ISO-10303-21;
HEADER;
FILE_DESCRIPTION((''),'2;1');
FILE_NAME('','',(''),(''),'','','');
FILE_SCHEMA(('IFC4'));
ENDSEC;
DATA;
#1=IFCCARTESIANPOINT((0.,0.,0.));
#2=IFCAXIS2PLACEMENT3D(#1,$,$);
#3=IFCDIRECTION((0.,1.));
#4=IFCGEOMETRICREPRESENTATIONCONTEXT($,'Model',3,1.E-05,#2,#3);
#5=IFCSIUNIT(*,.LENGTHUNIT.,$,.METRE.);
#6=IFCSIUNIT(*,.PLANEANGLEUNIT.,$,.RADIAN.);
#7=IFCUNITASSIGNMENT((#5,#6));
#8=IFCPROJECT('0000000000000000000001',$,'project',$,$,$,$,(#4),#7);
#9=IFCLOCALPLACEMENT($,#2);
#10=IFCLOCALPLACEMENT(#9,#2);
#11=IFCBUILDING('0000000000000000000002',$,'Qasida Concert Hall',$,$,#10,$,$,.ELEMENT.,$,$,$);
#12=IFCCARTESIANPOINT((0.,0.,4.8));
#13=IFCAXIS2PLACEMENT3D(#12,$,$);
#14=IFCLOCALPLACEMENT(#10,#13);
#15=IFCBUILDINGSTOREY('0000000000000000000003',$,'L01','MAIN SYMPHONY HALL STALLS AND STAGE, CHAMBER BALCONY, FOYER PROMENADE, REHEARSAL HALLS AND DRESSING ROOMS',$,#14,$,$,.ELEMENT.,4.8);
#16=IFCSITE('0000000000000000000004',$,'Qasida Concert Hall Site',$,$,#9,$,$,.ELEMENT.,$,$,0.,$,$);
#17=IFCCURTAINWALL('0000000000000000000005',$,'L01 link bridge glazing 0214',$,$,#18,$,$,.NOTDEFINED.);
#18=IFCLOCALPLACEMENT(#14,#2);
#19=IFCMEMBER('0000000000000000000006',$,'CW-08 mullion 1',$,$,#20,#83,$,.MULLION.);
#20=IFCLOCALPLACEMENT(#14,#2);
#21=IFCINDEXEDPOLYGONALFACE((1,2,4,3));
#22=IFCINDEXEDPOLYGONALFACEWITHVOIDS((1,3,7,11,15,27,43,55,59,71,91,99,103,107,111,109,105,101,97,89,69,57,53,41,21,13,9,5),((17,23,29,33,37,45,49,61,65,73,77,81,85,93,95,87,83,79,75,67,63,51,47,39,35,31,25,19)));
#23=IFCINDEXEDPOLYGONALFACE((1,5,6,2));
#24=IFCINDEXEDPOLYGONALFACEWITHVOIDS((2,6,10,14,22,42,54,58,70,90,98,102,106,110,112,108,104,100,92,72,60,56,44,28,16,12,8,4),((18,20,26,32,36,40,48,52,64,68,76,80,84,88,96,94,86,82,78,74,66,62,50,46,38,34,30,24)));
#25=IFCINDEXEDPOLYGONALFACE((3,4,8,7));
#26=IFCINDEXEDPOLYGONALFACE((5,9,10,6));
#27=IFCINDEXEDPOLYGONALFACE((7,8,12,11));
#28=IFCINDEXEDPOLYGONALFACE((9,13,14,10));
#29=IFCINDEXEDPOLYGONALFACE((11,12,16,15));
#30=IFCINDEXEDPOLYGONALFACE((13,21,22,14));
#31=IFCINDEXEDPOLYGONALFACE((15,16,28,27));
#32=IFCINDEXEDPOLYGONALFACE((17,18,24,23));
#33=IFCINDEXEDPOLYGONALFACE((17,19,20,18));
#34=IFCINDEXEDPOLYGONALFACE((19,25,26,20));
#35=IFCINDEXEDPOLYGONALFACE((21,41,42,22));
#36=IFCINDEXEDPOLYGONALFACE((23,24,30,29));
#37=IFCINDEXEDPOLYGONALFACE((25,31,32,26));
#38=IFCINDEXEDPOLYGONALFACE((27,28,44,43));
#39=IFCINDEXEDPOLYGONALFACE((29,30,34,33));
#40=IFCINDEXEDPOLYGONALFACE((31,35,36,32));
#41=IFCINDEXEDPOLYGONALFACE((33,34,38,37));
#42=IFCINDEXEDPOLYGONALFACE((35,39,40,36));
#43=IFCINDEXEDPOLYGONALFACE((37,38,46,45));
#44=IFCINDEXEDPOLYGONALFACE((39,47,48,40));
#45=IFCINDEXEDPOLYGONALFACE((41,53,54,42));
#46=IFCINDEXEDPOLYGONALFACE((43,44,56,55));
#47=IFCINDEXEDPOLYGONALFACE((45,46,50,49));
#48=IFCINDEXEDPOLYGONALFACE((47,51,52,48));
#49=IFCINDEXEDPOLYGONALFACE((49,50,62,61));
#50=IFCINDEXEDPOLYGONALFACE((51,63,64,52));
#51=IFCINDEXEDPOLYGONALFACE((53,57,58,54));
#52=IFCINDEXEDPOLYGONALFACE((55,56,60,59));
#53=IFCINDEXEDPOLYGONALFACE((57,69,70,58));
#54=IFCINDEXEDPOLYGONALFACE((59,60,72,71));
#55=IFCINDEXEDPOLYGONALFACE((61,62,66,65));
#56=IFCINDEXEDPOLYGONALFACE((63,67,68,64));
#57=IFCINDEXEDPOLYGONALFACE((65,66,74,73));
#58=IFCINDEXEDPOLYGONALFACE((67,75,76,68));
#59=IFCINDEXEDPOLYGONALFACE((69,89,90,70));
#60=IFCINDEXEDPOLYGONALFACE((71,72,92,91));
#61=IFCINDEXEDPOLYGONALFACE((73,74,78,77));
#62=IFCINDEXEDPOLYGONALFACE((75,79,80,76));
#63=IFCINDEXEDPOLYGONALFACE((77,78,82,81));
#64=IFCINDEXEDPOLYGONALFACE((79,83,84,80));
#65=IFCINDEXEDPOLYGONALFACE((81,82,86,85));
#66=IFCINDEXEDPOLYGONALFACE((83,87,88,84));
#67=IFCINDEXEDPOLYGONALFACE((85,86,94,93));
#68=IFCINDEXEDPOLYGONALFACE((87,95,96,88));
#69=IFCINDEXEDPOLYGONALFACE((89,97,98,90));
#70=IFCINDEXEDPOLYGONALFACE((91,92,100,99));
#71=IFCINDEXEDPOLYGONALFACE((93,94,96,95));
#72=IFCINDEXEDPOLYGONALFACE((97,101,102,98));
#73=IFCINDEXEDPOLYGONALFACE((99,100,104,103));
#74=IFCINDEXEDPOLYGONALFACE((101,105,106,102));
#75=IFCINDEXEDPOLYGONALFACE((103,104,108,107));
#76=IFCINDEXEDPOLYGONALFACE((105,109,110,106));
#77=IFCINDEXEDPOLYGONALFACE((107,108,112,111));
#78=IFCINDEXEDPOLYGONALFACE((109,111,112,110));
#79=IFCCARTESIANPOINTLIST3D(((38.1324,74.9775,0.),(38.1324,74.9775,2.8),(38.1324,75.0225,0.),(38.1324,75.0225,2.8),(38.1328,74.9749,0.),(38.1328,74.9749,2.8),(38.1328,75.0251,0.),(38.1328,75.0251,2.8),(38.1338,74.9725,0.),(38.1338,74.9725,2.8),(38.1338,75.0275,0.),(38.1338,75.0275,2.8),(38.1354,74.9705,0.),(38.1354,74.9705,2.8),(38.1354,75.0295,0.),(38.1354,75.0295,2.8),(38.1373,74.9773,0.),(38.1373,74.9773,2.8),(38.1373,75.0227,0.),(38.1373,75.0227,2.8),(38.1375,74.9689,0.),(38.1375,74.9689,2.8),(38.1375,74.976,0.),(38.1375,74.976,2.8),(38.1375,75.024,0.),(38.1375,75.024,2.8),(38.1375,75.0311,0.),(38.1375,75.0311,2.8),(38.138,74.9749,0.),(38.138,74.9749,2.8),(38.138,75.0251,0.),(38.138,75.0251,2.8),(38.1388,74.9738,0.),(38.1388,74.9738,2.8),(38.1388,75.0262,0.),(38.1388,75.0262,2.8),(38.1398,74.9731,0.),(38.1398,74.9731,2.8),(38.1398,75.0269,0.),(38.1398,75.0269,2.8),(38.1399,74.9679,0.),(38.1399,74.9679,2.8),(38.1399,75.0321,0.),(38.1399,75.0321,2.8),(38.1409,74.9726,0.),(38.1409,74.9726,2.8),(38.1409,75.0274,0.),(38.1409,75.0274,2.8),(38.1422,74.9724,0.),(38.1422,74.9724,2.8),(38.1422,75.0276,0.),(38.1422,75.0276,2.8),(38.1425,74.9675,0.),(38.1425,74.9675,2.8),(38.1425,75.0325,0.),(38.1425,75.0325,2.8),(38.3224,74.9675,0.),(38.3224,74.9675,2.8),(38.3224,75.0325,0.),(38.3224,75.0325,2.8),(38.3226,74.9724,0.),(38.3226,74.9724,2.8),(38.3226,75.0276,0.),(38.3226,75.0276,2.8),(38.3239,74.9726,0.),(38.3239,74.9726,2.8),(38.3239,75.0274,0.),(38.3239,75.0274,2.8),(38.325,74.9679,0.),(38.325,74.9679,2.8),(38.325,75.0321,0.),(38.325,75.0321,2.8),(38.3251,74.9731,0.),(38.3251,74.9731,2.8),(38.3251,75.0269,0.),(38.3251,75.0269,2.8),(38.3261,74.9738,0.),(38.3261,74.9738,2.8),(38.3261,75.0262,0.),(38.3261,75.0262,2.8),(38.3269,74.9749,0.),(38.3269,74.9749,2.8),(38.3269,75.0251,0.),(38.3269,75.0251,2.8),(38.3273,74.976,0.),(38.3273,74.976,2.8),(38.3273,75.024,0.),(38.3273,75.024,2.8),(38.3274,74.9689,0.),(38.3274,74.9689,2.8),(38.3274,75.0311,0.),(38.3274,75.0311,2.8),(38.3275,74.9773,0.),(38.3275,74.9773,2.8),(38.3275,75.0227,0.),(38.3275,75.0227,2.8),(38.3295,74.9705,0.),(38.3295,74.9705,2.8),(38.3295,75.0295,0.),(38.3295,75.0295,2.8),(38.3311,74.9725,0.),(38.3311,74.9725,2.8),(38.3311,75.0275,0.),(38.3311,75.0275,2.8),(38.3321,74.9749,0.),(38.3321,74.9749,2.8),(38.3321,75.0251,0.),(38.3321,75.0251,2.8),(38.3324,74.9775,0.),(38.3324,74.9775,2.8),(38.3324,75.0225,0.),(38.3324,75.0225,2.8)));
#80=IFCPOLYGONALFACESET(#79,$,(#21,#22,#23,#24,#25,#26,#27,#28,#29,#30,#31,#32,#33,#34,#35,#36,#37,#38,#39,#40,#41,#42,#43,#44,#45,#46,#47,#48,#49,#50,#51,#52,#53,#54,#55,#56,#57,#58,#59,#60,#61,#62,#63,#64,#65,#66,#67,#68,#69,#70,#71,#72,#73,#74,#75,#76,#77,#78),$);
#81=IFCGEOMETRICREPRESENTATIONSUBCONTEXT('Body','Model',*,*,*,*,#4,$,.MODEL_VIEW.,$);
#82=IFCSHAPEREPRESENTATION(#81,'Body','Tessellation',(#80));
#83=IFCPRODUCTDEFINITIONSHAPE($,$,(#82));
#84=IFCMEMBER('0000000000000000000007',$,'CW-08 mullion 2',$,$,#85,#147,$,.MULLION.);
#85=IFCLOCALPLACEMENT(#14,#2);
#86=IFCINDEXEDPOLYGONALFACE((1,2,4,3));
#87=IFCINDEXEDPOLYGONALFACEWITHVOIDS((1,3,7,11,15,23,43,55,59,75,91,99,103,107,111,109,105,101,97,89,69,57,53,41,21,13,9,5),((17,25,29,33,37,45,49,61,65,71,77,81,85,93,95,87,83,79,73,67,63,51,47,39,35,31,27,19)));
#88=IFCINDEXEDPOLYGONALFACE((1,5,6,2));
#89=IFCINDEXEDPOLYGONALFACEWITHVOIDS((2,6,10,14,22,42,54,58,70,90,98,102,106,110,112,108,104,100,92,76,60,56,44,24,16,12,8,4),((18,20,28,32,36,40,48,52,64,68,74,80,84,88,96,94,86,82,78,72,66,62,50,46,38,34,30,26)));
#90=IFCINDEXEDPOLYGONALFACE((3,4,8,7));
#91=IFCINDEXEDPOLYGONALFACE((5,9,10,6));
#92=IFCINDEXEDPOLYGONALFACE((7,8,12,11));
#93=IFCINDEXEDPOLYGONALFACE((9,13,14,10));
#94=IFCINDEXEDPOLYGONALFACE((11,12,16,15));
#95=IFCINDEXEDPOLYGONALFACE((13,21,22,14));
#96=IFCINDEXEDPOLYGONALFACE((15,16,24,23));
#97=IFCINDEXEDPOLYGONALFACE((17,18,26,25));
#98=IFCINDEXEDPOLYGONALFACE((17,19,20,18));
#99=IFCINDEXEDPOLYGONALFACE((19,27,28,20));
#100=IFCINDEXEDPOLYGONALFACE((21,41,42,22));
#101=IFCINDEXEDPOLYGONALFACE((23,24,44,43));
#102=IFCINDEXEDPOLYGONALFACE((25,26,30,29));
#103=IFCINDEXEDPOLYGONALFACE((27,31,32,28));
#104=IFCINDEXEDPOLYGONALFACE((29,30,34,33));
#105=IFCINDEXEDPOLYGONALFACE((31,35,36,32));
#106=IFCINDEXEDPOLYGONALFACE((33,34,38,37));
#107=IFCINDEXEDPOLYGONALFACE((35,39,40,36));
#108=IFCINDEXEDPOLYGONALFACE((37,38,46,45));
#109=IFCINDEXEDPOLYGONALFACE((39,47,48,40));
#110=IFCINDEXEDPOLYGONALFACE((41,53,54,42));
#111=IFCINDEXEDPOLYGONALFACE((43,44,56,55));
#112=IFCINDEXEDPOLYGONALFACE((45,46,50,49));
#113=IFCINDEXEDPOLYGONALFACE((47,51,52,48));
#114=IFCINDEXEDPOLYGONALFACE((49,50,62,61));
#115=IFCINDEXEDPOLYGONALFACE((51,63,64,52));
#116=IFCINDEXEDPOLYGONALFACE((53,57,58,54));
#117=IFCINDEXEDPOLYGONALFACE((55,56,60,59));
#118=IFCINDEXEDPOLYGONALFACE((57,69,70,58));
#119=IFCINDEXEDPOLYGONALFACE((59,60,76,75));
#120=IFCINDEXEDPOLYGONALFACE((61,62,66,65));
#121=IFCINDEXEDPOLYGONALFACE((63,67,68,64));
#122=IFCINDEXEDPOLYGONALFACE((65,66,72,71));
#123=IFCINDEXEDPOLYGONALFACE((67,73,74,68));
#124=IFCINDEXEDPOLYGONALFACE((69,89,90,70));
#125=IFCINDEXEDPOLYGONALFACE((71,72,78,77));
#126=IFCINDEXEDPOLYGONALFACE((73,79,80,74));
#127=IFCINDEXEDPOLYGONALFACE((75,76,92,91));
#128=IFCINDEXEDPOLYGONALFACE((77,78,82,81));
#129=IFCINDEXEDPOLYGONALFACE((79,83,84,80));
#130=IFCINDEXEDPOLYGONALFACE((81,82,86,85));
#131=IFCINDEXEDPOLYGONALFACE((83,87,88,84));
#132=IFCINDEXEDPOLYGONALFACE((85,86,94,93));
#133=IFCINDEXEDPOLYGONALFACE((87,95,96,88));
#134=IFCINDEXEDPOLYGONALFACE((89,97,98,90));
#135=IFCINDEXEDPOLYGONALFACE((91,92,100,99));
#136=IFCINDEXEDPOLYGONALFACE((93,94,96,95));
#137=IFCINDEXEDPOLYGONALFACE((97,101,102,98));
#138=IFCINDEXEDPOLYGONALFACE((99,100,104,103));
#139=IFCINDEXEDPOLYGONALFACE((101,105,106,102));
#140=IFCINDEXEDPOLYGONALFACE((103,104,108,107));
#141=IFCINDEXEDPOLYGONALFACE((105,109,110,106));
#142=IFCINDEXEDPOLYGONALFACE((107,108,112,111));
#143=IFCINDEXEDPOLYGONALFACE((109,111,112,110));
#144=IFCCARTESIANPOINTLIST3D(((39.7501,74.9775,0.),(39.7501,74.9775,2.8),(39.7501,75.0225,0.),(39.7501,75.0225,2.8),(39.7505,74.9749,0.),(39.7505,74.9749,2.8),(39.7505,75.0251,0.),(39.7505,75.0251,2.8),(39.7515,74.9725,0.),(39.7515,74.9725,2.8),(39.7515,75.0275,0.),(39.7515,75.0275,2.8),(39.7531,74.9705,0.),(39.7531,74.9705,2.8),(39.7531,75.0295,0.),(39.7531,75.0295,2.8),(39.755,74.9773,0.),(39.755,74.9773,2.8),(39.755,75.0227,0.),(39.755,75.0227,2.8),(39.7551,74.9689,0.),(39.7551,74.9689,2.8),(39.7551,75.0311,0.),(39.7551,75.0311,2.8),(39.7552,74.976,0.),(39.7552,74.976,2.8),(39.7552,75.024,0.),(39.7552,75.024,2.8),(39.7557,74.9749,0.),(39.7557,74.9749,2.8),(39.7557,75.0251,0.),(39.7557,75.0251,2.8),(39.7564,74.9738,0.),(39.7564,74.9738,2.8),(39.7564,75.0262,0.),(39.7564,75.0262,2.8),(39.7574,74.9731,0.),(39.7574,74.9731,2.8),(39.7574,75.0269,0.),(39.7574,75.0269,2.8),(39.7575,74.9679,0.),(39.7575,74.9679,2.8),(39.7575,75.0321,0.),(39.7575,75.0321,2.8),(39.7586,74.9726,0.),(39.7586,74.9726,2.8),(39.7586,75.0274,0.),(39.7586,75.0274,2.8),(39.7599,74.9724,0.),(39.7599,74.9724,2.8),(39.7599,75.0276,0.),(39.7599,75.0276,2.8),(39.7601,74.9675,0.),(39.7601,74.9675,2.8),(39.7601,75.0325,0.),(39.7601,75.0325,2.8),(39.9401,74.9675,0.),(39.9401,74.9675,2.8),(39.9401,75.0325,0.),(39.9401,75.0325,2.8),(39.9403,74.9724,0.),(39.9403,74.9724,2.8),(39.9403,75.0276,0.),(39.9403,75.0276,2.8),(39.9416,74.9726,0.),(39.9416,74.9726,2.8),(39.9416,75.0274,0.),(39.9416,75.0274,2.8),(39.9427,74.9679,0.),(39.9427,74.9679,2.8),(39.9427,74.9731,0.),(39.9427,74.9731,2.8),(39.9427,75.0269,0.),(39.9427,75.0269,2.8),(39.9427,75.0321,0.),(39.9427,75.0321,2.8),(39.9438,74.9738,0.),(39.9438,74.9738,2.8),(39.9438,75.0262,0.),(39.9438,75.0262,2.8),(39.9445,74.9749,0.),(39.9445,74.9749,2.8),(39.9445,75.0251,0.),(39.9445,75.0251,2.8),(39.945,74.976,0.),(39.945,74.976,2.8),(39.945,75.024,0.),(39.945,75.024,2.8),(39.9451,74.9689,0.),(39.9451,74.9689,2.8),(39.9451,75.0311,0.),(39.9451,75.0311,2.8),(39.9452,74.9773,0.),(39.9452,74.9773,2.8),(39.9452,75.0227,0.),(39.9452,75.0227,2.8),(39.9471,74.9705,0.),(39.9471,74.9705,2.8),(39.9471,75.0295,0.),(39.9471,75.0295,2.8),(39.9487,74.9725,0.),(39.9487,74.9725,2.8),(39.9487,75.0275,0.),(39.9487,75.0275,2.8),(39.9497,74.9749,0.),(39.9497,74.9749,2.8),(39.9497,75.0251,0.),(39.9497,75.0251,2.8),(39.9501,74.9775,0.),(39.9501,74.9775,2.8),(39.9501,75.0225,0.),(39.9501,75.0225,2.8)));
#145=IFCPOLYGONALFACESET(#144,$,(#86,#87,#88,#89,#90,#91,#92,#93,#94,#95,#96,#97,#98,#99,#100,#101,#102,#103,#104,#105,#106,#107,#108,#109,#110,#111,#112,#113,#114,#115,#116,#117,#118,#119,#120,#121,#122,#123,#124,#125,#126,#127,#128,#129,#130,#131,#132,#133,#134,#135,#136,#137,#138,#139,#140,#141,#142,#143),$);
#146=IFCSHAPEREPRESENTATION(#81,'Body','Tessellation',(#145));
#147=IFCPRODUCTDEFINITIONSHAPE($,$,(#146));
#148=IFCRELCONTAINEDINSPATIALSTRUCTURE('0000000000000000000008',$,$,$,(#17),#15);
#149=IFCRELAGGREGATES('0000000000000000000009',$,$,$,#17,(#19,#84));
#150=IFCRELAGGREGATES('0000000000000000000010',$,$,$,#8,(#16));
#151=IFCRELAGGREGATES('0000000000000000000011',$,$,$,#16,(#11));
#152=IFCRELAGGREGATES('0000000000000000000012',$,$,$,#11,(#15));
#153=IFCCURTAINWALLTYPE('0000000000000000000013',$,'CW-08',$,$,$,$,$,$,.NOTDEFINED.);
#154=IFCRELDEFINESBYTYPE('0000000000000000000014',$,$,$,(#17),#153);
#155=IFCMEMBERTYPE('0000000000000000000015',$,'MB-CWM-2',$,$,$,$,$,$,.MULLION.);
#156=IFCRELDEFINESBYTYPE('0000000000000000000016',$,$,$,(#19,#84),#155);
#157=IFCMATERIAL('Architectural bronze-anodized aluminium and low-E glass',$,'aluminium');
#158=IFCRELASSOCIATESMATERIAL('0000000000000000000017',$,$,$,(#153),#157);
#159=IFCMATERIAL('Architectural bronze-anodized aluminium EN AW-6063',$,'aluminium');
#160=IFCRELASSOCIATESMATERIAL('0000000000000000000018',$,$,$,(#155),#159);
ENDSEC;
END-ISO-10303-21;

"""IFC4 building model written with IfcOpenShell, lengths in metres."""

from ifc_helpers import new_model, si_unit, direction, frame, origin, origin_2d, place, context, subcontext, project, spatial, hollow_rectangle, extrude, material, material_profile, profile_set, type_object, element, aggregate, save


model = new_model("IFC4")

# Units and contexts
model_context = context("Model", 3, precision=1e-05, world=origin(), true_north=direction((0.0, 1.0)))
body_context = subcontext(model_context, "Body", "Model", "MODEL_VIEW")
ifc_project = project(units=[si_unit("LENGTHUNIT", "METRE"), si_unit("PLANEANGLEUNIT", "RADIAN")], contexts=[model_context])

# Site, building, storey
site_placement = place(None, origin())
site = spatial("IfcSite", under=ifc_project, at=site_placement, Name="Qasida Concert Hall Site", CompositionType="ELEMENT", RefElevation=0.0)
building_placement = place(site_placement, origin())
building = spatial("IfcBuilding", under=site, at=building_placement, Name="Qasida Concert Hall", CompositionType="ELEMENT")
storey_placement = place(building_placement, frame((0.0, 0.0, 4.8)))
storey = spatial("IfcBuildingStorey", under=building, at=storey_placement, Name="L01", Description="MAIN SYMPHONY HALL STALLS AND STAGE, CHAMBER BALCONY, FOYER PROMENADE, REHEARSAL HALLS AND DRESSING ROOMS", CompositionType="ELEMENT", Elevation=4.8)

# Curtain wall, members
ifc_material_1 = material(Name="Architectural bronze-anodized aluminium and low-E glass", Category="aluminium")
curtain_wall_type = type_object("IfcCurtainWallType", Name="CW-08", PredefinedType="NOTDEFINED", material=ifc_material_1)
curtain_wall_placement = place(storey_placement, origin())
curtain_wall = element("IfcCurtainWall", 1, at=curtain_wall_placement, inside=storey, type_object=curtain_wall_type, Name="L01 link bridge glazing 0214", PredefinedType="NOTDEFINED")
ifc_material_2 = material(Name="Architectural bronze-anodized aluminium EN AW-6063", Category="aluminium")
ifc_material_profile_1 = material_profile(ifc_material_2, hollow_rectangle(XDim=0.0649, YDim=0.2, WallThickness=0.0049, InnerFilletRadius=0.0049, OuterFilletRadius=0.01, at=origin_2d()), Name="CWM 200x65x5")
ifc_profile_set_1 = profile_set([ifc_material_profile_1], Name="Architectural bronze-anodized aluminium EN AW-6063")
member_type_1 = type_object("IfcMemberType", Name="MB-CWM-2", PredefinedType="MULLION", material=ifc_profile_set_1)
member_1_placement = place(storey_placement, frame((38.2324, 75.0, 0.0), z_axis=(0.0, 0.0, 1.0), x_axis=(0.0, 1.0, 0.0)))
member_1 = element("IfcMember", 2, at=member_1_placement, type_object=member_type_1, Name="CW-08 mullion 1", PredefinedType="MULLION", context=body_context, shape_type="SweptSolid", body=[
    extrude(hollow_rectangle(XDim=0.0649, YDim=0.2, WallThickness=0.0049, InnerFilletRadius=0.0049, OuterFilletRadius=0.01, at=origin_2d()), origin(), (0.0, 0.0, 1.0), 2.8),
])
member_2_placement = place(storey_placement, frame((39.8501, 75.0, 0.0), z_axis=(0.0, 0.0, 1.0), x_axis=(0.0, 1.0, 0.0)))
member_2 = element("IfcMember", 3, at=member_2_placement, type_object=member_type_1, Name="CW-08 mullion 2", PredefinedType="MULLION", context=body_context, shape_type="SweptSolid", body=[
    extrude(hollow_rectangle(XDim=0.0649, YDim=0.2, WallThickness=0.0049, InnerFilletRadius=0.0049, OuterFilletRadius=0.01, at=origin_2d()), origin(), (0.0, 0.0, 1.0), 2.8),
])
aggregate(curtain_wall, [member_1, member_2])

save(model, "model.ifc")
